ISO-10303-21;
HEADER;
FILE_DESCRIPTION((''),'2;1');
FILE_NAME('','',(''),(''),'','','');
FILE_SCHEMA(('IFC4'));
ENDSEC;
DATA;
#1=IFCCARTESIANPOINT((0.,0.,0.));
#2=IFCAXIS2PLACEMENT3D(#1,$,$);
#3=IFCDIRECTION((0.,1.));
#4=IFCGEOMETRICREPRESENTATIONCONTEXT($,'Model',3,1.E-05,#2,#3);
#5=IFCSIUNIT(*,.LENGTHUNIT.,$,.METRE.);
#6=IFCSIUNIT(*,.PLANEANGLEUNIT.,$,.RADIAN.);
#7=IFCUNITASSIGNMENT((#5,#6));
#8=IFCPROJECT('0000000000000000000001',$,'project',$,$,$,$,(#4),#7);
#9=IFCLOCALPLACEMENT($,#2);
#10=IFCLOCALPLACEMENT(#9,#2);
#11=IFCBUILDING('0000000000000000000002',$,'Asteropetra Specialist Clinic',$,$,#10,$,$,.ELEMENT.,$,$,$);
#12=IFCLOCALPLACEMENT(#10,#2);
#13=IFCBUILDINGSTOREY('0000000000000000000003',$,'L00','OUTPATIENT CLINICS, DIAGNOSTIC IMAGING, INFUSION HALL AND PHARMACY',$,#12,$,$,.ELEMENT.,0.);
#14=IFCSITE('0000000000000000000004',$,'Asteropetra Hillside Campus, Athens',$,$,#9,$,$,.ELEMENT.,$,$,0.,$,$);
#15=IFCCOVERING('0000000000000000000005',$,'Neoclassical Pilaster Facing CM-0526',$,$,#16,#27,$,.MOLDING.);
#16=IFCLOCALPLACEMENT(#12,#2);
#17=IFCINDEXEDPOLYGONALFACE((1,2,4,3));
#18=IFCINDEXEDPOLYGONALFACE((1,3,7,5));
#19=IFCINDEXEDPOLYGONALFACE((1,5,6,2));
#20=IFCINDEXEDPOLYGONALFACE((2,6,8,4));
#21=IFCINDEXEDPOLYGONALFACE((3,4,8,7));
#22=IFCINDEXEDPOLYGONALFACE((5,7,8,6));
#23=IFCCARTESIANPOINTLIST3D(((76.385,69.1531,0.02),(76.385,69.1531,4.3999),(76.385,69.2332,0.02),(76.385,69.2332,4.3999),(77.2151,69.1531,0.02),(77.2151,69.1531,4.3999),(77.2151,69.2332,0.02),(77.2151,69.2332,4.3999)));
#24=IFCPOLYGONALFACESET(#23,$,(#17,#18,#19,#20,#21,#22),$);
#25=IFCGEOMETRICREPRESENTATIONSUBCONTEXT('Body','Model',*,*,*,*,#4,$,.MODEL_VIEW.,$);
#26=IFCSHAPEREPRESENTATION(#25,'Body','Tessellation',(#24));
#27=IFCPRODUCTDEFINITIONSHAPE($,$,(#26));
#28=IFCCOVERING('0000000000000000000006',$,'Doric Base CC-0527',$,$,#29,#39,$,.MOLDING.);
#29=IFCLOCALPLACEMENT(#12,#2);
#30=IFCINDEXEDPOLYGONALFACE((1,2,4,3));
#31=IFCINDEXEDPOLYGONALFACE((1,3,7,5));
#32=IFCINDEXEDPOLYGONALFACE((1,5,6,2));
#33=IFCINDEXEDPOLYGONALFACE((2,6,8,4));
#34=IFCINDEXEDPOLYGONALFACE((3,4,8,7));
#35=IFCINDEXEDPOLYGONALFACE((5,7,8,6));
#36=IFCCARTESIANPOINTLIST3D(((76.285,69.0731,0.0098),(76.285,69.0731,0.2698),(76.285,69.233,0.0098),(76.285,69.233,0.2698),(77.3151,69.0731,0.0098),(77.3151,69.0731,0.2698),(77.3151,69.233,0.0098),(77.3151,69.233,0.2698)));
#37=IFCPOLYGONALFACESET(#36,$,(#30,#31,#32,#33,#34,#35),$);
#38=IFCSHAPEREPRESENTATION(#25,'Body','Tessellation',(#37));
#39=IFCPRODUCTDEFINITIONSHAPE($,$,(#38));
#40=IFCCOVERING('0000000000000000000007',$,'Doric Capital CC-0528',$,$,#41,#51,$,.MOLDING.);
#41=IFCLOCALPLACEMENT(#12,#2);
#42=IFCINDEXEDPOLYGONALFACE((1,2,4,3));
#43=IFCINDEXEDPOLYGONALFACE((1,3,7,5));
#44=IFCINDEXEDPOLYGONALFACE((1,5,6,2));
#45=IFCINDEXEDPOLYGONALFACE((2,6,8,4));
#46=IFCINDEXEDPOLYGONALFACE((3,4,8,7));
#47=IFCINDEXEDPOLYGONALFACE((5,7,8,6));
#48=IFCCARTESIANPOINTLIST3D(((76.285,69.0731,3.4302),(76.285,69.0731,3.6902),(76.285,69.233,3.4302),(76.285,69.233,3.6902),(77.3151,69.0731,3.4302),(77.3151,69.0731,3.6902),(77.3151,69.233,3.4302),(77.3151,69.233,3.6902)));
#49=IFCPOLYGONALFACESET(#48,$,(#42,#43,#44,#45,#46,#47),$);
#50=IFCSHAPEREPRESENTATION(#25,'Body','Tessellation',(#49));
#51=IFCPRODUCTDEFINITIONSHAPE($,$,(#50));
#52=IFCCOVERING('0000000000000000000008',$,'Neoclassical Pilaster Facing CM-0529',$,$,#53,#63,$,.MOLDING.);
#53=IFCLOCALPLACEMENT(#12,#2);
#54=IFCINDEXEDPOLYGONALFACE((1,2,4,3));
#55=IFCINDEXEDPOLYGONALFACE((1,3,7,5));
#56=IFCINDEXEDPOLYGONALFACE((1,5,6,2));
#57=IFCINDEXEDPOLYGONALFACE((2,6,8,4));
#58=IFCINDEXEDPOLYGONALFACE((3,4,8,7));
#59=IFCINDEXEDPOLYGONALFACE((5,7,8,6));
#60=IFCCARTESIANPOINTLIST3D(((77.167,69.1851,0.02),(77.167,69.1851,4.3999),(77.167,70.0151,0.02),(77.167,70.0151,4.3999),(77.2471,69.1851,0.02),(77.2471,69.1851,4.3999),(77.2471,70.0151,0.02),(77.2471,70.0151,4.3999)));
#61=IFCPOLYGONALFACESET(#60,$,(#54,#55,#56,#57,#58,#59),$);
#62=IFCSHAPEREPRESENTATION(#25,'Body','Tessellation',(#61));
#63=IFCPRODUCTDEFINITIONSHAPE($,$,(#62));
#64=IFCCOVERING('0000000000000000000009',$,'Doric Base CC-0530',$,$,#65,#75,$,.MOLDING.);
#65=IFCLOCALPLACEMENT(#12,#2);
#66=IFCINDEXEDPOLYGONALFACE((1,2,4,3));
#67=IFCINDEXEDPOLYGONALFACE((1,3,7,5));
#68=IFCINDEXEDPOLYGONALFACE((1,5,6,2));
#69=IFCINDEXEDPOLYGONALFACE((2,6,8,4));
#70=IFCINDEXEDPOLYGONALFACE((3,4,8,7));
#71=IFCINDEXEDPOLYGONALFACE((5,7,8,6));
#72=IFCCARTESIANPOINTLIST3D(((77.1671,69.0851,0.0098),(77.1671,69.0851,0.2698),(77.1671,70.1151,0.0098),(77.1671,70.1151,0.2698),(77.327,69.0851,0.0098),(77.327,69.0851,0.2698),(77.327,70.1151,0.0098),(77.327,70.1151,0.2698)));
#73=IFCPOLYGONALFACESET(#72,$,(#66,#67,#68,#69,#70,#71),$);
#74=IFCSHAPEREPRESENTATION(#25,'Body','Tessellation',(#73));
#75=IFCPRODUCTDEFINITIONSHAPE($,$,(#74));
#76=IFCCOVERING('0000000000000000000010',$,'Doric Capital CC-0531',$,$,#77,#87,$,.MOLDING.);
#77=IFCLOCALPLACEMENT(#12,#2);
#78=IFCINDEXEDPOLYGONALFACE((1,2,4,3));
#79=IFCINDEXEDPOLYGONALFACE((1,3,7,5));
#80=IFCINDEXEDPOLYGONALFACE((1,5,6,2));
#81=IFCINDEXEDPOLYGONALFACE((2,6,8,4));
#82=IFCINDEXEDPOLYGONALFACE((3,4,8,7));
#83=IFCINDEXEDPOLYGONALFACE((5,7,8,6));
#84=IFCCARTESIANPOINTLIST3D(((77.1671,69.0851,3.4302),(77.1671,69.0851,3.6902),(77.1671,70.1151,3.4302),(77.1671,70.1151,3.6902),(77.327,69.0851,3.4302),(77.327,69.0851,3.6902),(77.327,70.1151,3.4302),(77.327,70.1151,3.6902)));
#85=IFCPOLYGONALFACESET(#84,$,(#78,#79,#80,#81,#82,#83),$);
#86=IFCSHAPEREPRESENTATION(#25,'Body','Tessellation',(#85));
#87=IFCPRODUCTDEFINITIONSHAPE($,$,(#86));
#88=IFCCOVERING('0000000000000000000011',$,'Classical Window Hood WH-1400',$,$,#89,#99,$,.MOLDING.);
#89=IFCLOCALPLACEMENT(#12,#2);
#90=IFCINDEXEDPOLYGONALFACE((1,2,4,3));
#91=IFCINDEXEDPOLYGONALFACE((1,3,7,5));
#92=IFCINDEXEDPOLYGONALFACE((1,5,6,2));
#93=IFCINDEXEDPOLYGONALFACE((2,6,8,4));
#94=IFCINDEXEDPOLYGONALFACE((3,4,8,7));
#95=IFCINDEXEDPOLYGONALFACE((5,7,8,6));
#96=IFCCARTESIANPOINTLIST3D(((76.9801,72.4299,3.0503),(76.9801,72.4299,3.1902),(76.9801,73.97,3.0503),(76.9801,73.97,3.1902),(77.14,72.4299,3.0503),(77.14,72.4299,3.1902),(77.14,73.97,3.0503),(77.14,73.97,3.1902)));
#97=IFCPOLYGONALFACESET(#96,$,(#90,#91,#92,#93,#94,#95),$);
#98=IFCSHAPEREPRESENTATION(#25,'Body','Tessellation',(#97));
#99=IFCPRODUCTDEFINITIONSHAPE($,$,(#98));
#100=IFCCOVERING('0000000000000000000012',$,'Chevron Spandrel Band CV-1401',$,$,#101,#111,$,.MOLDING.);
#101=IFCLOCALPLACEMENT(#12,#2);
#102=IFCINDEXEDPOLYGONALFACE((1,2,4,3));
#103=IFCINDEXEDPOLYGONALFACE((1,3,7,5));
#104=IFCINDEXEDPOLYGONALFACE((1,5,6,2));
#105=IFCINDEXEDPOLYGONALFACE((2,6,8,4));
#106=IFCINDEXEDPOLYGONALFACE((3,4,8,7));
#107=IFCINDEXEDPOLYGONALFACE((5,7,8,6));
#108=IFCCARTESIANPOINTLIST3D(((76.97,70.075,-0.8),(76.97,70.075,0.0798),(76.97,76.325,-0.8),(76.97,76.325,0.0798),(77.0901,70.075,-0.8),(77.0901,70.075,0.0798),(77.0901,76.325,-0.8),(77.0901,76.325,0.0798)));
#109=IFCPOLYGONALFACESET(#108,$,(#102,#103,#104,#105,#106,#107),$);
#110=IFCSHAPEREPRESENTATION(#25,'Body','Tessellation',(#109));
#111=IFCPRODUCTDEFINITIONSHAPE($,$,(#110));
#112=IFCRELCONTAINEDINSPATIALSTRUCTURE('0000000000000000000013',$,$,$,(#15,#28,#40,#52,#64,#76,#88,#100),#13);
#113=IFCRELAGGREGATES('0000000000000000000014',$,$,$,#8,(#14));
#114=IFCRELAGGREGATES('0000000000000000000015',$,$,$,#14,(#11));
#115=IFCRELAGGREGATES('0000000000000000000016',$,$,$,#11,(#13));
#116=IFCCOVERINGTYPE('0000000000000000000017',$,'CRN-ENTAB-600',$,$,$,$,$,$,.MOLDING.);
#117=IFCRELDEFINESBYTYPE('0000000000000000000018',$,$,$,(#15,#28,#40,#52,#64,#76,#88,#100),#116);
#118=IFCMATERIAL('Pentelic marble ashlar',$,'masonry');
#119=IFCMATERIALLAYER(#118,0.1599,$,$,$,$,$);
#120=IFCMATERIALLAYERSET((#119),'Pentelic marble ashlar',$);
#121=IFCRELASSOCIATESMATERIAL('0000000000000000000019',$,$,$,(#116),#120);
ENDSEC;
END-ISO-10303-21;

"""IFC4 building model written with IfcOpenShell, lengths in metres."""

from ifc_helpers import new_model, si_unit, direction, frame, origin, origin_2d, place, context, subcontext, project, spatial, rectangle, extrude, material, layer, layer_set, type_object, element, save


model = new_model("IFC4")

# Units and contexts
model_context = context("Model", 3, precision=1e-05, world=origin(), true_north=direction((0.0, 1.0)))
body_context = subcontext(model_context, "Body", "Model", "MODEL_VIEW")
ifc_project = project(units=[si_unit("LENGTHUNIT", "METRE"), si_unit("PLANEANGLEUNIT", "RADIAN")], contexts=[model_context])

# Site, building, storey
site_placement = place(None, origin())
site = spatial("IfcSite", under=ifc_project, at=site_placement, Name="Asteropetra Hillside Campus, Athens", CompositionType="ELEMENT", RefElevation=0.0)
building_placement = place(site_placement, origin())
building = spatial("IfcBuilding", under=site, at=building_placement, Name="Asteropetra Specialist Clinic", CompositionType="ELEMENT")
storey_placement = place(building_placement, origin())
storey = spatial("IfcBuildingStorey", under=building, at=storey_placement, Name="L00", Description="OUTPATIENT CLINICS, DIAGNOSTIC IMAGING, INFUSION HALL AND PHARMACY", CompositionType="ELEMENT", Elevation=0.0)

# Coverings
ifc_material_1 = material(Name="Pentelic marble ashlar", Category="masonry")
ifc_layer_1 = layer(ifc_material_1, 0.1599)
ifc_layer_set_1 = layer_set([ifc_layer_1], Name="Pentelic marble ashlar")
covering_type = type_object("IfcCoveringType", Name="CRN-ENTAB-600", PredefinedType="MOLDING", material=ifc_layer_set_1)
covering_1_placement = place(storey_placement, frame((76.8, 69.1931, 0.02), z_axis=(0.0, 0.0, 1.0), x_axis=(1.0, 0.0, 0.0)))
element("IfcCovering", 1, at=covering_1_placement, inside=storey, type_object=covering_type, Name="Neoclassical Pilaster Facing CM-0526", PredefinedType="MOLDING", context=body_context, shape_type="SweptSolid", body=[
    extrude(rectangle(XDim=0.8301, YDim=0.0801, at=origin_2d()), origin(), (0.0, 0.0, 1.0), 4.3799),
])
for number, where, z_axis, x_axis, name in (
    (2, (76.8, 69.1531, 0.0098), (0.0, 0.0, 1.0), (1.0, 0.0, 0.0), "Doric Base CC-0527"),
    (3, (76.8, 69.1531, 3.4302), (0.0, 0.0, 1.0), (1.0, 0.0, 0.0), "Doric Capital CC-0528"),
):
    element("IfcCovering", number, at=place(storey_placement, frame(where, z_axis=z_axis, x_axis=x_axis)), inside=storey, type_object=covering_type, Name=name, PredefinedType="MOLDING", context=body_context, shape_type="SweptSolid", body=[
        extrude(rectangle(XDim=1.03, YDim=0.1599, at=origin_2d()), origin(), (0.0, 0.0, 1.0), 0.26),
    ])
covering_2_placement = place(storey_placement, frame((77.207, 69.6001, 0.02), z_axis=(0.0, 0.0, 1.0), x_axis=(1.0, 0.0, 0.0)))
element("IfcCovering", 4, at=covering_2_placement, inside=storey, type_object=covering_type, Name="Neoclassical Pilaster Facing CM-0529", PredefinedType="MOLDING", context=body_context, shape_type="SweptSolid", body=[
    extrude(rectangle(XDim=0.0801, YDim=0.8301, at=origin_2d()), origin(), (0.0, 0.0, 1.0), 4.3799),
])
for number, where, z_axis, x_axis, name in (
    (5, (77.2471, 69.6001, 0.0098), (0.0, 0.0, 1.0), (1.0, 0.0, 0.0), "Doric Base CC-0530"),
    (6, (77.2471, 69.6001, 3.4302), (0.0, 0.0, 1.0), (1.0, 0.0, 0.0), "Doric Capital CC-0531"),
):
    element("IfcCovering", number, at=place(storey_placement, frame(where, z_axis=z_axis, x_axis=x_axis)), inside=storey, type_object=covering_type, Name=name, PredefinedType="MOLDING", context=body_context, shape_type="SweptSolid", body=[
        extrude(rectangle(XDim=0.1599, YDim=1.03, at=origin_2d()), origin(), (0.0, 0.0, 1.0), 0.26),
    ])
covering_3_placement = place(storey_placement, frame((77.0601, 73.2, 3.0503), z_axis=(0.0, 0.0, 1.0), x_axis=(1.0, 0.0, 0.0)))
element("IfcCovering", 7, at=covering_3_placement, inside=storey, type_object=covering_type, Name="Classical Window Hood WH-1400", PredefinedType="MOLDING", context=body_context, shape_type="SweptSolid", body=[
    extrude(rectangle(XDim=0.1599, YDim=1.54, at=origin_2d()), origin(), (0.0, 0.0, 1.0), 0.1399),
])
covering_4_placement = place(storey_placement, frame((77.03, 73.2, -0.8), z_axis=(0.0, 0.0, 1.0), x_axis=(1.0, 0.0, 0.0)))
element("IfcCovering", 8, at=covering_4_placement, inside=storey, type_object=covering_type, Name="Chevron Spandrel Band CV-1401", PredefinedType="MOLDING", context=body_context, shape_type="SweptSolid", body=[
    extrude(rectangle(XDim=0.1201, YDim=6.25, at=origin_2d()), origin(), (0.0, 0.0, 1.0), 0.8799),
])

save(model, "model.ifc")
